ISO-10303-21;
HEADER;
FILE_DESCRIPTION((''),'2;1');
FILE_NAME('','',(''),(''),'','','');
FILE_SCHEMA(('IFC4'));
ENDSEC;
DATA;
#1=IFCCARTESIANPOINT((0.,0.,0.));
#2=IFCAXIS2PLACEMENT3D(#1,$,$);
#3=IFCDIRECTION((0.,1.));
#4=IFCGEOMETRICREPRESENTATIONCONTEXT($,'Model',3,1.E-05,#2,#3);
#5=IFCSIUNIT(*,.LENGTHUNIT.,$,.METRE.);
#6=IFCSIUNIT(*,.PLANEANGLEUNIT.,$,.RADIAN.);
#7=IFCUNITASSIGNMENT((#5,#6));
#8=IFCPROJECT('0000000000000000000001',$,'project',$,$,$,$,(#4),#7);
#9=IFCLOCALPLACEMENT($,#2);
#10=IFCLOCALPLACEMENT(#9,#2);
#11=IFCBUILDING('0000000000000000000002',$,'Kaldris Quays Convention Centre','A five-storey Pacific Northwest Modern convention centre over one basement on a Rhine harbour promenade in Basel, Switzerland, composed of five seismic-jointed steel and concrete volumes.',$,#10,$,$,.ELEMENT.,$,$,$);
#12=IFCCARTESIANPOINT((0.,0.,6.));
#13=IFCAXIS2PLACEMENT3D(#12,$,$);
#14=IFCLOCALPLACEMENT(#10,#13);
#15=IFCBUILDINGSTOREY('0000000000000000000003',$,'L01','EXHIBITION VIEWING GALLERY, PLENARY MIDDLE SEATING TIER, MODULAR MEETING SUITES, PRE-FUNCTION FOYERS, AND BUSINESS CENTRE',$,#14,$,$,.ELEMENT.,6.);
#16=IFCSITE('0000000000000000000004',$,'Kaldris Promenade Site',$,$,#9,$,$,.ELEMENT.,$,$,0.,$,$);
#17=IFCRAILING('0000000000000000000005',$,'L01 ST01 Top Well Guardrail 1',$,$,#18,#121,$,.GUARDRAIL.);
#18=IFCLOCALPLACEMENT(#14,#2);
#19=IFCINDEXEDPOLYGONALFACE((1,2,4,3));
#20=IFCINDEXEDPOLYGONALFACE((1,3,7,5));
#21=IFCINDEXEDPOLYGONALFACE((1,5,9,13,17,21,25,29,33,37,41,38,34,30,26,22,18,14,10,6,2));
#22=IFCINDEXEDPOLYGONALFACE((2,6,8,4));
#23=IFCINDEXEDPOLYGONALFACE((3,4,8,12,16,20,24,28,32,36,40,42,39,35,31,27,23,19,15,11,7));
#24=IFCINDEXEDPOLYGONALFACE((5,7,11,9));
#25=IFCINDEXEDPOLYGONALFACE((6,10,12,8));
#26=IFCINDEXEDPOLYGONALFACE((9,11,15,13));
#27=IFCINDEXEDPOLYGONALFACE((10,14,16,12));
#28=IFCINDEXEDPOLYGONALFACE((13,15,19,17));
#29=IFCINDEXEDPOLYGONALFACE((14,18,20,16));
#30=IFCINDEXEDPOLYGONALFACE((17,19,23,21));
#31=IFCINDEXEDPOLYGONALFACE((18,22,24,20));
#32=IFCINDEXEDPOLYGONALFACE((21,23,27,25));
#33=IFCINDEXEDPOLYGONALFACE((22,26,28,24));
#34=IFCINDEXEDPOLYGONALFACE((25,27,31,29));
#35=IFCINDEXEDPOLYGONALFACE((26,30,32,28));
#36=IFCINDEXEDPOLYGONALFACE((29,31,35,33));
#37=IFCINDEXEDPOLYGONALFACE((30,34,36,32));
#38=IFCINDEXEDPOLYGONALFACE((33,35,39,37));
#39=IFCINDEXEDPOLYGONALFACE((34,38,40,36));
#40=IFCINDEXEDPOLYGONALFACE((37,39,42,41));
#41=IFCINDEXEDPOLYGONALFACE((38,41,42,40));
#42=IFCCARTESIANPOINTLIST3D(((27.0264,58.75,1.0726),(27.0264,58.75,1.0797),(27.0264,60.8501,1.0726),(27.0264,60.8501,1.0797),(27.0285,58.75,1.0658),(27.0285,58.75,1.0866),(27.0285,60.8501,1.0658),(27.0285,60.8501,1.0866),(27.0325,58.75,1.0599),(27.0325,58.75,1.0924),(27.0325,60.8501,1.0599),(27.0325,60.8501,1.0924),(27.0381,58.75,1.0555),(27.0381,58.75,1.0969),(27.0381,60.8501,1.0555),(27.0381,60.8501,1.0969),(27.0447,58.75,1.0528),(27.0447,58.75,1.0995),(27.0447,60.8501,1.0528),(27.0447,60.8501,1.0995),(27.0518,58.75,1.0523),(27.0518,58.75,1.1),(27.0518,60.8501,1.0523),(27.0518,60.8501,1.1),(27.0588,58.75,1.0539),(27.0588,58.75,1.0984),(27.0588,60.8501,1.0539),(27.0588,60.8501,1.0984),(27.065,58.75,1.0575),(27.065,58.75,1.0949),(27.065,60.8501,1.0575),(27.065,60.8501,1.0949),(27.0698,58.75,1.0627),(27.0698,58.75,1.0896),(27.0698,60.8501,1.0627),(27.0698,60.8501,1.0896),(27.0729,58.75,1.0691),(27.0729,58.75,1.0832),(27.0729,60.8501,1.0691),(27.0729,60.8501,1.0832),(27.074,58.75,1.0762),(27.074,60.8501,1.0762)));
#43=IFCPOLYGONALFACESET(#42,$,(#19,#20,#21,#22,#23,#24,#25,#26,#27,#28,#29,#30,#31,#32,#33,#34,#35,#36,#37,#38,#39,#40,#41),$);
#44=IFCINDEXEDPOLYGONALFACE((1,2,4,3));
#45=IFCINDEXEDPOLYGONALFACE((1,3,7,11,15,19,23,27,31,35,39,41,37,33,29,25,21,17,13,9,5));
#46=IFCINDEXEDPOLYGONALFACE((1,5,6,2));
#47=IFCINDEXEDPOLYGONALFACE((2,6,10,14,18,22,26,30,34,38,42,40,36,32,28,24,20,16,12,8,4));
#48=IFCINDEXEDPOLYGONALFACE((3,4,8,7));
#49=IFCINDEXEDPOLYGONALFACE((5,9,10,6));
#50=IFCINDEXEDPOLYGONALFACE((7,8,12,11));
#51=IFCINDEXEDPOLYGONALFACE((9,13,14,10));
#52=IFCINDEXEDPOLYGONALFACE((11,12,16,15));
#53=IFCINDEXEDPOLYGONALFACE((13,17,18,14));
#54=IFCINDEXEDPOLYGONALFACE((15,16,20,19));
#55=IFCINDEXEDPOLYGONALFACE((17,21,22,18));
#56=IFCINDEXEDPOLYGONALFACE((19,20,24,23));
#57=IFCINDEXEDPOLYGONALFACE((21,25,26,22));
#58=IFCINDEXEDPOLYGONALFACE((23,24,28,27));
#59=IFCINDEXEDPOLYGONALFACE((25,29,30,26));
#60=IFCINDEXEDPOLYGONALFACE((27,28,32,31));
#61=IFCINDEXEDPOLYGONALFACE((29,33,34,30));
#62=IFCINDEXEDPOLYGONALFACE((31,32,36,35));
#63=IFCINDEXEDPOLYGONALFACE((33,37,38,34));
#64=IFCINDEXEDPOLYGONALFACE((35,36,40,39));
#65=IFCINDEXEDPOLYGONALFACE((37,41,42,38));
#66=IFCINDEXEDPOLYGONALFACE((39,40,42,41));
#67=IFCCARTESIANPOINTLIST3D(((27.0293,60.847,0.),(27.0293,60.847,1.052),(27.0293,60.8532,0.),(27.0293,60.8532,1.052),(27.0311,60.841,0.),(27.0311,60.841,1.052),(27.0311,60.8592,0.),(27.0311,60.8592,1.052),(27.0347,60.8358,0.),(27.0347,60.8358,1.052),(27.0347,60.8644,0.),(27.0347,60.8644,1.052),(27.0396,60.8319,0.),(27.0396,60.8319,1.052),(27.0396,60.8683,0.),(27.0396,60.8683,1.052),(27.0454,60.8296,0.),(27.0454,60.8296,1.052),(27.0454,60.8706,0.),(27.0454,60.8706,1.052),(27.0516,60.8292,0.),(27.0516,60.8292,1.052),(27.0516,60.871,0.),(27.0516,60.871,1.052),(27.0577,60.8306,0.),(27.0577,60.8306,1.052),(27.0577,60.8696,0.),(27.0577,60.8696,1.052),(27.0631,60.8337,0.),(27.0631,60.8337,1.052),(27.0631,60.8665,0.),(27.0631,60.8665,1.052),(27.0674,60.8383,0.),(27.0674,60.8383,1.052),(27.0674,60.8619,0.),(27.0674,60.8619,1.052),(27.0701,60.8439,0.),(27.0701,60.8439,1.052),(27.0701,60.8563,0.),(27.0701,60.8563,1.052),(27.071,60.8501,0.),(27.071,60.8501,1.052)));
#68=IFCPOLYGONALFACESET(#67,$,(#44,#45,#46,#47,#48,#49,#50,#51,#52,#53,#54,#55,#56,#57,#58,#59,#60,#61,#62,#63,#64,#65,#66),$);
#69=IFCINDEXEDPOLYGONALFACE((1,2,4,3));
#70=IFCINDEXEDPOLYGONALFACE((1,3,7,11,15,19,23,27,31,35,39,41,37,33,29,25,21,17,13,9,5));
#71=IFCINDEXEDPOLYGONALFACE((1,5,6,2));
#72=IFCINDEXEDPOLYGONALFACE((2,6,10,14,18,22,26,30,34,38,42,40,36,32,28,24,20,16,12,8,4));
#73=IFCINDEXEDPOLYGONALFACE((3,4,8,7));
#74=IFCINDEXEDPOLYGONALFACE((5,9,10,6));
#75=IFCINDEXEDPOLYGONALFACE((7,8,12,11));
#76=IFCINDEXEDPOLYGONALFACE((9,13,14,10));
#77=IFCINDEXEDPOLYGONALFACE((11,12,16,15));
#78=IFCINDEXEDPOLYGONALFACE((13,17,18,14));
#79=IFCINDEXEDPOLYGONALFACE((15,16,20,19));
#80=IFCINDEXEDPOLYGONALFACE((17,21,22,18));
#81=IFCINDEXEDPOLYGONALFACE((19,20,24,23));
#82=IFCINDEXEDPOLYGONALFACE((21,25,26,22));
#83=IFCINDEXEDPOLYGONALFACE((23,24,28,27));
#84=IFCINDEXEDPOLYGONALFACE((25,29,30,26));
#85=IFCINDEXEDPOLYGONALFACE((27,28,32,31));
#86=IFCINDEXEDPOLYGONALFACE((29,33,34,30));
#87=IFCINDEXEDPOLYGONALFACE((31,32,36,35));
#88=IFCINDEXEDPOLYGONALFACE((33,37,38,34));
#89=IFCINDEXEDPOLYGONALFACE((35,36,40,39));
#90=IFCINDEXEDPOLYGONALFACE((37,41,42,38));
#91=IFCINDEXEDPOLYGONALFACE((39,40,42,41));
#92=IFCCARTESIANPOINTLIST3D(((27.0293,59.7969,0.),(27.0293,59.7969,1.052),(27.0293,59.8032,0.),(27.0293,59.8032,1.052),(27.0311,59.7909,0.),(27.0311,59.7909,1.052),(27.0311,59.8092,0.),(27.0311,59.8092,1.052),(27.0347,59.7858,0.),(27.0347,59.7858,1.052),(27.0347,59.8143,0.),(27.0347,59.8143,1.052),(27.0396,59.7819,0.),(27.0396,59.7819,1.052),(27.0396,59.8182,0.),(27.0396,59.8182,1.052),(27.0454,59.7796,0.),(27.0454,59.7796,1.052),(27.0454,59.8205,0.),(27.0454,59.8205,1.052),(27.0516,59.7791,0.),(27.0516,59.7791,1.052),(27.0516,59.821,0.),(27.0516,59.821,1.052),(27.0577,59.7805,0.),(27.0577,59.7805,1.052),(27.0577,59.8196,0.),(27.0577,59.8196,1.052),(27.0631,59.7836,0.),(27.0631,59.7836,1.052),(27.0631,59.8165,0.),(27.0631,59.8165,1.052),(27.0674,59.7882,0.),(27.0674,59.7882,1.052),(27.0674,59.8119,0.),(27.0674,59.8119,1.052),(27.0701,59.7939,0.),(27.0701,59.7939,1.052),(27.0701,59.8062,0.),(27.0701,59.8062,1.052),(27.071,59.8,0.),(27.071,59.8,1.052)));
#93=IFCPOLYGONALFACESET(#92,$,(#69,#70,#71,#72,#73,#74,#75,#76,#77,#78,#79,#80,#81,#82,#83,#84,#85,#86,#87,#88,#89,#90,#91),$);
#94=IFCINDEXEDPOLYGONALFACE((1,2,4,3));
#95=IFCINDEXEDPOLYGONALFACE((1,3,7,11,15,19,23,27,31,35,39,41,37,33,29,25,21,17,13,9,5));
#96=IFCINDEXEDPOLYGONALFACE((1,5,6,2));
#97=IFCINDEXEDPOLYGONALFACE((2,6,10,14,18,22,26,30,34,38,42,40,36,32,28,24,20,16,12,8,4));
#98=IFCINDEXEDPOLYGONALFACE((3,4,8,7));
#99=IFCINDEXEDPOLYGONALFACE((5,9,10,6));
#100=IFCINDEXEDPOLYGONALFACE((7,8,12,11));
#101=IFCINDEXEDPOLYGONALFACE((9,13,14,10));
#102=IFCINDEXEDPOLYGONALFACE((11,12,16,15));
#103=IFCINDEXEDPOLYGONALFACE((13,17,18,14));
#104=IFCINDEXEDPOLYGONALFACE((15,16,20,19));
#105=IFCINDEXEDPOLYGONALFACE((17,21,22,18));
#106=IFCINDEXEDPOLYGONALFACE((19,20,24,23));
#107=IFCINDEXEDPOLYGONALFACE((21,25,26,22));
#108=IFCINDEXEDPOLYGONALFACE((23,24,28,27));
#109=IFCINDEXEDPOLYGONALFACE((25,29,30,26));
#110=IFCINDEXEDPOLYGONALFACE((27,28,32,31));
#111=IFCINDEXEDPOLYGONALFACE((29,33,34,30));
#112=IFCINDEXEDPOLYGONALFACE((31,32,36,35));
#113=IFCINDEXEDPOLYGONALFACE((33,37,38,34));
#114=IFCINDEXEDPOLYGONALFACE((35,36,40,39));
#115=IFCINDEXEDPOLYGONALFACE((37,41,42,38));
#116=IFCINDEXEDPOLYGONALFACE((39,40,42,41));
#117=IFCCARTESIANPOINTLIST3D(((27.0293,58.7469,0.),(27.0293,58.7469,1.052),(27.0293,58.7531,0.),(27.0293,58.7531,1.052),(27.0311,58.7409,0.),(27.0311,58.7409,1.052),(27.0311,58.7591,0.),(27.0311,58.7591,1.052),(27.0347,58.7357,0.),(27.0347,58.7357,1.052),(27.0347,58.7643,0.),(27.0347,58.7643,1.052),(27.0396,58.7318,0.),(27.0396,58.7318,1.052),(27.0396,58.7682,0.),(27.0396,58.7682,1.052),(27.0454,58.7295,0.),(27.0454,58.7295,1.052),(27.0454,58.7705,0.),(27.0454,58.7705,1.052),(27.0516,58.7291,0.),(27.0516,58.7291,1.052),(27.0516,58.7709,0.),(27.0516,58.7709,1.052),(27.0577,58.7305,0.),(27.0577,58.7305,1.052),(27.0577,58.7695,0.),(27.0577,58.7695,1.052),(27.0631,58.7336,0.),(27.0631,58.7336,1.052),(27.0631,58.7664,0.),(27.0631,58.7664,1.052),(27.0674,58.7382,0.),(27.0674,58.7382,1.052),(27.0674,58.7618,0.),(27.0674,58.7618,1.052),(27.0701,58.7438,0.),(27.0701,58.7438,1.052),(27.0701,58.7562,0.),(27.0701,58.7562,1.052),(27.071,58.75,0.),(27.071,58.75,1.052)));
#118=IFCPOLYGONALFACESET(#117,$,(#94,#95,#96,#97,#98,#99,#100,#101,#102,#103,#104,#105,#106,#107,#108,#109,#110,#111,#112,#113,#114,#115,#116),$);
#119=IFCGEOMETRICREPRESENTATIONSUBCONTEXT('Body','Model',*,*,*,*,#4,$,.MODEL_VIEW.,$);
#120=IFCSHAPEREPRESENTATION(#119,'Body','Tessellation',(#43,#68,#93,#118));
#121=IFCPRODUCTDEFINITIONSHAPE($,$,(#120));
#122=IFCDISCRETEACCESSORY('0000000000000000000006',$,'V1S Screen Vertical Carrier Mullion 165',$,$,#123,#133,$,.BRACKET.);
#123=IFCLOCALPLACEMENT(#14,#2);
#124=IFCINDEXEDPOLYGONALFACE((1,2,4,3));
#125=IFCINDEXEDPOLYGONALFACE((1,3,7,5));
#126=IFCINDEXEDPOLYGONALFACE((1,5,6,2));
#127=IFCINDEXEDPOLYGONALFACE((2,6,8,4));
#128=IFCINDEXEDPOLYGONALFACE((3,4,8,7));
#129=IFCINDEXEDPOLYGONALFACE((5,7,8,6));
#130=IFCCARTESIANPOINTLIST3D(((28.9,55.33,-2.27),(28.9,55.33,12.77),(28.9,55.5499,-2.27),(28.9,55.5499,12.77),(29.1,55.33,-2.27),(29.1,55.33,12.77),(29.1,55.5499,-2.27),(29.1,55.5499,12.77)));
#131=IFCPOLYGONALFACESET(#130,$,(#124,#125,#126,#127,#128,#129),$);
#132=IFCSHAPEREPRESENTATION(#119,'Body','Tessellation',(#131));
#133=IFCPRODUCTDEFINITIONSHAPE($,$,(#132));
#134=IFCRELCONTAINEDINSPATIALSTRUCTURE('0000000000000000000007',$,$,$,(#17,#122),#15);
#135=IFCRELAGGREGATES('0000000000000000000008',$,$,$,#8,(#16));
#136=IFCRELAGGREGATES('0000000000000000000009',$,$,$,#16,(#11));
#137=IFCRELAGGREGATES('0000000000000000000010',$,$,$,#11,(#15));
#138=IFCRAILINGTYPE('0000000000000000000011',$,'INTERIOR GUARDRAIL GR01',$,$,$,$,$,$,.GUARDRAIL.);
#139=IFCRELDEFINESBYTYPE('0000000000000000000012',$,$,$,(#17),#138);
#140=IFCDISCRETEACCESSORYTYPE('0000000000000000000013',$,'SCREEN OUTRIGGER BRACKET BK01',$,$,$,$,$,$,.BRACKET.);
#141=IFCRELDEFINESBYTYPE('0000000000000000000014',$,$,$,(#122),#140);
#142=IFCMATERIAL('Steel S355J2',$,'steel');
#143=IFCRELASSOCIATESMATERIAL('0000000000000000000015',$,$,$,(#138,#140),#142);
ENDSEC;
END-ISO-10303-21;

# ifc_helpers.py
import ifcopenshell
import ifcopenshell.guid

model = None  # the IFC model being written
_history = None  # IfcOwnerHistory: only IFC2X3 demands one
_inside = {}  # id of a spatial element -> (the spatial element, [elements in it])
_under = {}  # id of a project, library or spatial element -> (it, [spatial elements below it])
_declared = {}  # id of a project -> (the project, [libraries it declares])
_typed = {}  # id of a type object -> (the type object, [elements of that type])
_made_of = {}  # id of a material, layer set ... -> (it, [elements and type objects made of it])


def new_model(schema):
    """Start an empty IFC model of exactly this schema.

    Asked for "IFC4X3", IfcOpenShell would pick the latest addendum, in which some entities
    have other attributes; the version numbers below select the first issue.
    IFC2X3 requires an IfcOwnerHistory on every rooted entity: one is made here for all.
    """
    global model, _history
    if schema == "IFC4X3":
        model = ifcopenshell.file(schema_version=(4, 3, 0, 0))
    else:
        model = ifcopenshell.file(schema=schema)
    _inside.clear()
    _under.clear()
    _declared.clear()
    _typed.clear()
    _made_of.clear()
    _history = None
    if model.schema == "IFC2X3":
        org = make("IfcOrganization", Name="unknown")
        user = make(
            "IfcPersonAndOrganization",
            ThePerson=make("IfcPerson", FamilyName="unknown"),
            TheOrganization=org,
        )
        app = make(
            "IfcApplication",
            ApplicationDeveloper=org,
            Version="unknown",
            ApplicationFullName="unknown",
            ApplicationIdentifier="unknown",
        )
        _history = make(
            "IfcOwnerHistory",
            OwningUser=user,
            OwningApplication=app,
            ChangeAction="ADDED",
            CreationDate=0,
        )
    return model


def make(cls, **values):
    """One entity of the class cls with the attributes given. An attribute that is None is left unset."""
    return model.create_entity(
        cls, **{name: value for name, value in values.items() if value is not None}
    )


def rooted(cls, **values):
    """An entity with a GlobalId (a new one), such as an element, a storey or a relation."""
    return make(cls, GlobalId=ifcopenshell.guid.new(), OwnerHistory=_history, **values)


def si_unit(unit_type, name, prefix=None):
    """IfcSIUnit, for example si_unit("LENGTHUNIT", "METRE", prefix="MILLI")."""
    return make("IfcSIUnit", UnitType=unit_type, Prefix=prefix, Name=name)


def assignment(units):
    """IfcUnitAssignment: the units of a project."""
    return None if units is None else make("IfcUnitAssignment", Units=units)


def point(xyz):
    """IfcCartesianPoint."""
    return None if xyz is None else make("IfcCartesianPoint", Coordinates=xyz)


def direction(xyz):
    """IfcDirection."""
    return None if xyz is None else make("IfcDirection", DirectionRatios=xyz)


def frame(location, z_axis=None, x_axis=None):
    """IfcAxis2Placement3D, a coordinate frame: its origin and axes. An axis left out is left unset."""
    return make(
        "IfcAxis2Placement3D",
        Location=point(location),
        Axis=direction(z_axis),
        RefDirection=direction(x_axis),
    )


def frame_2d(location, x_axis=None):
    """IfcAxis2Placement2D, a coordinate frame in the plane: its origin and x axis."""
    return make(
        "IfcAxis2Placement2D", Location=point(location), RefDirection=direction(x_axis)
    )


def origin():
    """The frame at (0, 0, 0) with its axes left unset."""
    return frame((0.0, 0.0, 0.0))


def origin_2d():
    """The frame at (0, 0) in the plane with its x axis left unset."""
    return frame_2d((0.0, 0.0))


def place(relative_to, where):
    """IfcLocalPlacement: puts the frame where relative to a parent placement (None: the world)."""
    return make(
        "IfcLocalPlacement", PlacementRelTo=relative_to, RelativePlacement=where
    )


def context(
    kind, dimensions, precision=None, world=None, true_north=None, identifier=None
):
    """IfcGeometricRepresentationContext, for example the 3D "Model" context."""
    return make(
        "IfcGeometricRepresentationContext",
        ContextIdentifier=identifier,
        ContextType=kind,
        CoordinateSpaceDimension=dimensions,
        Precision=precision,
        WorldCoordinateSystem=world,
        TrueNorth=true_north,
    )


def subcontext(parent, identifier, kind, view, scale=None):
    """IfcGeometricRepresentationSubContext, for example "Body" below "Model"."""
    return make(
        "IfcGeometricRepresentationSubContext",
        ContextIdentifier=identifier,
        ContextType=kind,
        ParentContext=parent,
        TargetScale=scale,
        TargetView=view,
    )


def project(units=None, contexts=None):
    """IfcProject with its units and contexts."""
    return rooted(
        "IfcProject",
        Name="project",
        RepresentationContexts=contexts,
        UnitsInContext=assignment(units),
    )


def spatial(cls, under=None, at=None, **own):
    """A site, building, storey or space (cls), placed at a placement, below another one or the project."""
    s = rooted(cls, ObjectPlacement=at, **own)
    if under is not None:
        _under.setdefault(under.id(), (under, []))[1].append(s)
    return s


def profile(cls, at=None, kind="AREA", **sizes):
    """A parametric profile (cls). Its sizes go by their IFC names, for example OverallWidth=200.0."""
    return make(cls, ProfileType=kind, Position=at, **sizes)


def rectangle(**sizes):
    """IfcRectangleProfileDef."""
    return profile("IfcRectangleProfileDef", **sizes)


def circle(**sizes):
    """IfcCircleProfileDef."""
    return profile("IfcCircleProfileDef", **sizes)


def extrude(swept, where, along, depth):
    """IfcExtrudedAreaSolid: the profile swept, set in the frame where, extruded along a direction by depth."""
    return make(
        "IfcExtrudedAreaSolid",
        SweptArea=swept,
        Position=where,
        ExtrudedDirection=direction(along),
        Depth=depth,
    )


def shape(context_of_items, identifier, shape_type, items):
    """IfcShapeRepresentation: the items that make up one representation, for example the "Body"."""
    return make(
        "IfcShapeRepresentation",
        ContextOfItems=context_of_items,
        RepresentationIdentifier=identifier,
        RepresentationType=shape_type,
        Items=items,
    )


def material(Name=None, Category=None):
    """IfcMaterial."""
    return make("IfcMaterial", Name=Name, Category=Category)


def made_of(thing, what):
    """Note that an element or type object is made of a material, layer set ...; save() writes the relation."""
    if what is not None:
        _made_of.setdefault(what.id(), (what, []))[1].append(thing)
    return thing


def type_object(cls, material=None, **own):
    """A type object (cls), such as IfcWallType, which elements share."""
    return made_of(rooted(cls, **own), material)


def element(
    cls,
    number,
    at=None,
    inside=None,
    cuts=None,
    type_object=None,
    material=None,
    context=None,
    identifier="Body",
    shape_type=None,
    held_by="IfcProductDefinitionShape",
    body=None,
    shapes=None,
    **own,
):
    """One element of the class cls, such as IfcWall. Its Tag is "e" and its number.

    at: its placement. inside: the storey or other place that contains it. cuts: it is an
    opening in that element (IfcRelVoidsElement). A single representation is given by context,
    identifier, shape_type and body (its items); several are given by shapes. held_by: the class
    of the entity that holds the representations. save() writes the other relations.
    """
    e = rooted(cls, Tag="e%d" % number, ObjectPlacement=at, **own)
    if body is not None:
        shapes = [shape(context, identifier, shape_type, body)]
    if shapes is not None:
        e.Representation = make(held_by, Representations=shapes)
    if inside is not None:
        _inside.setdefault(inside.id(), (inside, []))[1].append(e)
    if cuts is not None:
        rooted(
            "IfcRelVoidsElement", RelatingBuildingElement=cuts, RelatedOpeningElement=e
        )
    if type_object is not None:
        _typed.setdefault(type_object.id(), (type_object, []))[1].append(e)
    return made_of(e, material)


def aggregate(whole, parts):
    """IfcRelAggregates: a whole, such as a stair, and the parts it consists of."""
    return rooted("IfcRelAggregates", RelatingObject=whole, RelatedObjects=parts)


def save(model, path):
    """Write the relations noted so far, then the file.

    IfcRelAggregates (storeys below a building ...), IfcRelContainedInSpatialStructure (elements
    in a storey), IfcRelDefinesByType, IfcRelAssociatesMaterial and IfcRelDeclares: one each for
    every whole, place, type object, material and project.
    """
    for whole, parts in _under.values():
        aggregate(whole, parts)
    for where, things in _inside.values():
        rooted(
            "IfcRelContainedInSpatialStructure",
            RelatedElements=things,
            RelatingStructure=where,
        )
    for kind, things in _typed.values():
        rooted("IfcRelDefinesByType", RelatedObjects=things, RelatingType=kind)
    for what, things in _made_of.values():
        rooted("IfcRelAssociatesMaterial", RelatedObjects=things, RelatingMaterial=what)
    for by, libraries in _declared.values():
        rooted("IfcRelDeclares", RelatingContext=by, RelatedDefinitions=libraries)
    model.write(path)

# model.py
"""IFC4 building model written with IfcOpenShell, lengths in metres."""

from ifc_helpers import new_model, si_unit, direction, frame, origin, origin_2d, place, context, subcontext, project, spatial, rectangle, circle, extrude, material, type_object, element, save


model = new_model("IFC4")

# Units and contexts
model_context = context("Model", 3, precision=1e-05, world=origin(), true_north=direction((0.0, 1.0)))
body_context = subcontext(model_context, "Body", "Model", "MODEL_VIEW")
ifc_project = project(units=[si_unit("LENGTHUNIT", "METRE"), si_unit("PLANEANGLEUNIT", "RADIAN")], contexts=[model_context])

# Site, building, storey
site_placement = place(None, origin())
site = spatial("IfcSite", under=ifc_project, at=site_placement, Name="Kaldris Promenade Site", CompositionType="ELEMENT", RefElevation=0.0)
building_placement = place(site_placement, origin())
building = spatial("IfcBuilding", under=site, at=building_placement, Name="Kaldris Quays Convention Centre", Description="A five-storey Pacific Northwest Modern convention centre over one basement on a Rhine harbour promenade in Basel, Switzerland, composed of five seismic-jointed steel and concrete volumes.", CompositionType="ELEMENT")
storey_placement = place(building_placement, frame((0.0, 0.0, 6.0)))
storey = spatial("IfcBuildingStorey", under=building, at=storey_placement, Name="L01", Description="EXHIBITION VIEWING GALLERY, PLENARY MIDDLE SEATING TIER, MODULAR MEETING SUITES, PRE-FUNCTION FOYERS, AND BUSINESS CENTRE", CompositionType="ELEMENT", Elevation=6.0)

# Railing
ifc_material_1 = material(Name="Steel S355J2", Category="steel")
railing_type = type_object("IfcRailingType", Name="INTERIOR GUARDRAIL GR01", PredefinedType="GUARDRAIL", material=ifc_material_1)
railing_placement = place(storey_placement, frame((27.05, 60.8501, 0.0)))
element("IfcRailing", 1, at=railing_placement, inside=storey, type_object=railing_type, Name="L01 ST01 Top Well Guardrail 1", PredefinedType="GUARDRAIL", context=body_context, shape_type="SweptSolid", body=[
    extrude(circle(Radius=0.0239, at=origin_2d()), frame((0.0, 0.0, 1.0762), z_axis=(0.0, -1.0, 0.0), x_axis=(1.0, 0.0, 0.0)), (0.0, 0.0, 1.0), 2.1001),
    extrude(circle(Radius=0.021, at=origin_2d()), origin(), (0.0, 0.0, 1.0), 1.052),
    extrude(circle(Radius=0.021, at=origin_2d()), frame((0.0, -1.05, 0.0)), (0.0, 0.0, 1.0), 1.052),
    extrude(circle(Radius=0.021, at=origin_2d()), frame((0.0, -2.1001, 0.0)), (0.0, 0.0, 1.0), 1.052),
])

# Discrete accessory
discrete_accessory_type = type_object("IfcDiscreteAccessoryType", Name="SCREEN OUTRIGGER BRACKET BK01", PredefinedType="BRACKET", material=ifc_material_1)
discrete_accessory_placement = place(storey_placement, frame((29.0, 55.4399, -2.27), z_axis=(0.0, 0.0, 1.0), x_axis=(1.0, 0.0, 0.0)))
element("IfcDiscreteAccessory", 2, at=discrete_accessory_placement, inside=storey, type_object=discrete_accessory_type, Name="V1S Screen Vertical Carrier Mullion 165", PredefinedType="BRACKET", context=body_context, shape_type="SweptSolid", body=[
    extrude(rectangle(XDim=0.2, YDim=0.22, at=origin_2d()), origin(), (0.0, 0.0, 1.0), 15.04),
])

save(model, "model.ifc")
